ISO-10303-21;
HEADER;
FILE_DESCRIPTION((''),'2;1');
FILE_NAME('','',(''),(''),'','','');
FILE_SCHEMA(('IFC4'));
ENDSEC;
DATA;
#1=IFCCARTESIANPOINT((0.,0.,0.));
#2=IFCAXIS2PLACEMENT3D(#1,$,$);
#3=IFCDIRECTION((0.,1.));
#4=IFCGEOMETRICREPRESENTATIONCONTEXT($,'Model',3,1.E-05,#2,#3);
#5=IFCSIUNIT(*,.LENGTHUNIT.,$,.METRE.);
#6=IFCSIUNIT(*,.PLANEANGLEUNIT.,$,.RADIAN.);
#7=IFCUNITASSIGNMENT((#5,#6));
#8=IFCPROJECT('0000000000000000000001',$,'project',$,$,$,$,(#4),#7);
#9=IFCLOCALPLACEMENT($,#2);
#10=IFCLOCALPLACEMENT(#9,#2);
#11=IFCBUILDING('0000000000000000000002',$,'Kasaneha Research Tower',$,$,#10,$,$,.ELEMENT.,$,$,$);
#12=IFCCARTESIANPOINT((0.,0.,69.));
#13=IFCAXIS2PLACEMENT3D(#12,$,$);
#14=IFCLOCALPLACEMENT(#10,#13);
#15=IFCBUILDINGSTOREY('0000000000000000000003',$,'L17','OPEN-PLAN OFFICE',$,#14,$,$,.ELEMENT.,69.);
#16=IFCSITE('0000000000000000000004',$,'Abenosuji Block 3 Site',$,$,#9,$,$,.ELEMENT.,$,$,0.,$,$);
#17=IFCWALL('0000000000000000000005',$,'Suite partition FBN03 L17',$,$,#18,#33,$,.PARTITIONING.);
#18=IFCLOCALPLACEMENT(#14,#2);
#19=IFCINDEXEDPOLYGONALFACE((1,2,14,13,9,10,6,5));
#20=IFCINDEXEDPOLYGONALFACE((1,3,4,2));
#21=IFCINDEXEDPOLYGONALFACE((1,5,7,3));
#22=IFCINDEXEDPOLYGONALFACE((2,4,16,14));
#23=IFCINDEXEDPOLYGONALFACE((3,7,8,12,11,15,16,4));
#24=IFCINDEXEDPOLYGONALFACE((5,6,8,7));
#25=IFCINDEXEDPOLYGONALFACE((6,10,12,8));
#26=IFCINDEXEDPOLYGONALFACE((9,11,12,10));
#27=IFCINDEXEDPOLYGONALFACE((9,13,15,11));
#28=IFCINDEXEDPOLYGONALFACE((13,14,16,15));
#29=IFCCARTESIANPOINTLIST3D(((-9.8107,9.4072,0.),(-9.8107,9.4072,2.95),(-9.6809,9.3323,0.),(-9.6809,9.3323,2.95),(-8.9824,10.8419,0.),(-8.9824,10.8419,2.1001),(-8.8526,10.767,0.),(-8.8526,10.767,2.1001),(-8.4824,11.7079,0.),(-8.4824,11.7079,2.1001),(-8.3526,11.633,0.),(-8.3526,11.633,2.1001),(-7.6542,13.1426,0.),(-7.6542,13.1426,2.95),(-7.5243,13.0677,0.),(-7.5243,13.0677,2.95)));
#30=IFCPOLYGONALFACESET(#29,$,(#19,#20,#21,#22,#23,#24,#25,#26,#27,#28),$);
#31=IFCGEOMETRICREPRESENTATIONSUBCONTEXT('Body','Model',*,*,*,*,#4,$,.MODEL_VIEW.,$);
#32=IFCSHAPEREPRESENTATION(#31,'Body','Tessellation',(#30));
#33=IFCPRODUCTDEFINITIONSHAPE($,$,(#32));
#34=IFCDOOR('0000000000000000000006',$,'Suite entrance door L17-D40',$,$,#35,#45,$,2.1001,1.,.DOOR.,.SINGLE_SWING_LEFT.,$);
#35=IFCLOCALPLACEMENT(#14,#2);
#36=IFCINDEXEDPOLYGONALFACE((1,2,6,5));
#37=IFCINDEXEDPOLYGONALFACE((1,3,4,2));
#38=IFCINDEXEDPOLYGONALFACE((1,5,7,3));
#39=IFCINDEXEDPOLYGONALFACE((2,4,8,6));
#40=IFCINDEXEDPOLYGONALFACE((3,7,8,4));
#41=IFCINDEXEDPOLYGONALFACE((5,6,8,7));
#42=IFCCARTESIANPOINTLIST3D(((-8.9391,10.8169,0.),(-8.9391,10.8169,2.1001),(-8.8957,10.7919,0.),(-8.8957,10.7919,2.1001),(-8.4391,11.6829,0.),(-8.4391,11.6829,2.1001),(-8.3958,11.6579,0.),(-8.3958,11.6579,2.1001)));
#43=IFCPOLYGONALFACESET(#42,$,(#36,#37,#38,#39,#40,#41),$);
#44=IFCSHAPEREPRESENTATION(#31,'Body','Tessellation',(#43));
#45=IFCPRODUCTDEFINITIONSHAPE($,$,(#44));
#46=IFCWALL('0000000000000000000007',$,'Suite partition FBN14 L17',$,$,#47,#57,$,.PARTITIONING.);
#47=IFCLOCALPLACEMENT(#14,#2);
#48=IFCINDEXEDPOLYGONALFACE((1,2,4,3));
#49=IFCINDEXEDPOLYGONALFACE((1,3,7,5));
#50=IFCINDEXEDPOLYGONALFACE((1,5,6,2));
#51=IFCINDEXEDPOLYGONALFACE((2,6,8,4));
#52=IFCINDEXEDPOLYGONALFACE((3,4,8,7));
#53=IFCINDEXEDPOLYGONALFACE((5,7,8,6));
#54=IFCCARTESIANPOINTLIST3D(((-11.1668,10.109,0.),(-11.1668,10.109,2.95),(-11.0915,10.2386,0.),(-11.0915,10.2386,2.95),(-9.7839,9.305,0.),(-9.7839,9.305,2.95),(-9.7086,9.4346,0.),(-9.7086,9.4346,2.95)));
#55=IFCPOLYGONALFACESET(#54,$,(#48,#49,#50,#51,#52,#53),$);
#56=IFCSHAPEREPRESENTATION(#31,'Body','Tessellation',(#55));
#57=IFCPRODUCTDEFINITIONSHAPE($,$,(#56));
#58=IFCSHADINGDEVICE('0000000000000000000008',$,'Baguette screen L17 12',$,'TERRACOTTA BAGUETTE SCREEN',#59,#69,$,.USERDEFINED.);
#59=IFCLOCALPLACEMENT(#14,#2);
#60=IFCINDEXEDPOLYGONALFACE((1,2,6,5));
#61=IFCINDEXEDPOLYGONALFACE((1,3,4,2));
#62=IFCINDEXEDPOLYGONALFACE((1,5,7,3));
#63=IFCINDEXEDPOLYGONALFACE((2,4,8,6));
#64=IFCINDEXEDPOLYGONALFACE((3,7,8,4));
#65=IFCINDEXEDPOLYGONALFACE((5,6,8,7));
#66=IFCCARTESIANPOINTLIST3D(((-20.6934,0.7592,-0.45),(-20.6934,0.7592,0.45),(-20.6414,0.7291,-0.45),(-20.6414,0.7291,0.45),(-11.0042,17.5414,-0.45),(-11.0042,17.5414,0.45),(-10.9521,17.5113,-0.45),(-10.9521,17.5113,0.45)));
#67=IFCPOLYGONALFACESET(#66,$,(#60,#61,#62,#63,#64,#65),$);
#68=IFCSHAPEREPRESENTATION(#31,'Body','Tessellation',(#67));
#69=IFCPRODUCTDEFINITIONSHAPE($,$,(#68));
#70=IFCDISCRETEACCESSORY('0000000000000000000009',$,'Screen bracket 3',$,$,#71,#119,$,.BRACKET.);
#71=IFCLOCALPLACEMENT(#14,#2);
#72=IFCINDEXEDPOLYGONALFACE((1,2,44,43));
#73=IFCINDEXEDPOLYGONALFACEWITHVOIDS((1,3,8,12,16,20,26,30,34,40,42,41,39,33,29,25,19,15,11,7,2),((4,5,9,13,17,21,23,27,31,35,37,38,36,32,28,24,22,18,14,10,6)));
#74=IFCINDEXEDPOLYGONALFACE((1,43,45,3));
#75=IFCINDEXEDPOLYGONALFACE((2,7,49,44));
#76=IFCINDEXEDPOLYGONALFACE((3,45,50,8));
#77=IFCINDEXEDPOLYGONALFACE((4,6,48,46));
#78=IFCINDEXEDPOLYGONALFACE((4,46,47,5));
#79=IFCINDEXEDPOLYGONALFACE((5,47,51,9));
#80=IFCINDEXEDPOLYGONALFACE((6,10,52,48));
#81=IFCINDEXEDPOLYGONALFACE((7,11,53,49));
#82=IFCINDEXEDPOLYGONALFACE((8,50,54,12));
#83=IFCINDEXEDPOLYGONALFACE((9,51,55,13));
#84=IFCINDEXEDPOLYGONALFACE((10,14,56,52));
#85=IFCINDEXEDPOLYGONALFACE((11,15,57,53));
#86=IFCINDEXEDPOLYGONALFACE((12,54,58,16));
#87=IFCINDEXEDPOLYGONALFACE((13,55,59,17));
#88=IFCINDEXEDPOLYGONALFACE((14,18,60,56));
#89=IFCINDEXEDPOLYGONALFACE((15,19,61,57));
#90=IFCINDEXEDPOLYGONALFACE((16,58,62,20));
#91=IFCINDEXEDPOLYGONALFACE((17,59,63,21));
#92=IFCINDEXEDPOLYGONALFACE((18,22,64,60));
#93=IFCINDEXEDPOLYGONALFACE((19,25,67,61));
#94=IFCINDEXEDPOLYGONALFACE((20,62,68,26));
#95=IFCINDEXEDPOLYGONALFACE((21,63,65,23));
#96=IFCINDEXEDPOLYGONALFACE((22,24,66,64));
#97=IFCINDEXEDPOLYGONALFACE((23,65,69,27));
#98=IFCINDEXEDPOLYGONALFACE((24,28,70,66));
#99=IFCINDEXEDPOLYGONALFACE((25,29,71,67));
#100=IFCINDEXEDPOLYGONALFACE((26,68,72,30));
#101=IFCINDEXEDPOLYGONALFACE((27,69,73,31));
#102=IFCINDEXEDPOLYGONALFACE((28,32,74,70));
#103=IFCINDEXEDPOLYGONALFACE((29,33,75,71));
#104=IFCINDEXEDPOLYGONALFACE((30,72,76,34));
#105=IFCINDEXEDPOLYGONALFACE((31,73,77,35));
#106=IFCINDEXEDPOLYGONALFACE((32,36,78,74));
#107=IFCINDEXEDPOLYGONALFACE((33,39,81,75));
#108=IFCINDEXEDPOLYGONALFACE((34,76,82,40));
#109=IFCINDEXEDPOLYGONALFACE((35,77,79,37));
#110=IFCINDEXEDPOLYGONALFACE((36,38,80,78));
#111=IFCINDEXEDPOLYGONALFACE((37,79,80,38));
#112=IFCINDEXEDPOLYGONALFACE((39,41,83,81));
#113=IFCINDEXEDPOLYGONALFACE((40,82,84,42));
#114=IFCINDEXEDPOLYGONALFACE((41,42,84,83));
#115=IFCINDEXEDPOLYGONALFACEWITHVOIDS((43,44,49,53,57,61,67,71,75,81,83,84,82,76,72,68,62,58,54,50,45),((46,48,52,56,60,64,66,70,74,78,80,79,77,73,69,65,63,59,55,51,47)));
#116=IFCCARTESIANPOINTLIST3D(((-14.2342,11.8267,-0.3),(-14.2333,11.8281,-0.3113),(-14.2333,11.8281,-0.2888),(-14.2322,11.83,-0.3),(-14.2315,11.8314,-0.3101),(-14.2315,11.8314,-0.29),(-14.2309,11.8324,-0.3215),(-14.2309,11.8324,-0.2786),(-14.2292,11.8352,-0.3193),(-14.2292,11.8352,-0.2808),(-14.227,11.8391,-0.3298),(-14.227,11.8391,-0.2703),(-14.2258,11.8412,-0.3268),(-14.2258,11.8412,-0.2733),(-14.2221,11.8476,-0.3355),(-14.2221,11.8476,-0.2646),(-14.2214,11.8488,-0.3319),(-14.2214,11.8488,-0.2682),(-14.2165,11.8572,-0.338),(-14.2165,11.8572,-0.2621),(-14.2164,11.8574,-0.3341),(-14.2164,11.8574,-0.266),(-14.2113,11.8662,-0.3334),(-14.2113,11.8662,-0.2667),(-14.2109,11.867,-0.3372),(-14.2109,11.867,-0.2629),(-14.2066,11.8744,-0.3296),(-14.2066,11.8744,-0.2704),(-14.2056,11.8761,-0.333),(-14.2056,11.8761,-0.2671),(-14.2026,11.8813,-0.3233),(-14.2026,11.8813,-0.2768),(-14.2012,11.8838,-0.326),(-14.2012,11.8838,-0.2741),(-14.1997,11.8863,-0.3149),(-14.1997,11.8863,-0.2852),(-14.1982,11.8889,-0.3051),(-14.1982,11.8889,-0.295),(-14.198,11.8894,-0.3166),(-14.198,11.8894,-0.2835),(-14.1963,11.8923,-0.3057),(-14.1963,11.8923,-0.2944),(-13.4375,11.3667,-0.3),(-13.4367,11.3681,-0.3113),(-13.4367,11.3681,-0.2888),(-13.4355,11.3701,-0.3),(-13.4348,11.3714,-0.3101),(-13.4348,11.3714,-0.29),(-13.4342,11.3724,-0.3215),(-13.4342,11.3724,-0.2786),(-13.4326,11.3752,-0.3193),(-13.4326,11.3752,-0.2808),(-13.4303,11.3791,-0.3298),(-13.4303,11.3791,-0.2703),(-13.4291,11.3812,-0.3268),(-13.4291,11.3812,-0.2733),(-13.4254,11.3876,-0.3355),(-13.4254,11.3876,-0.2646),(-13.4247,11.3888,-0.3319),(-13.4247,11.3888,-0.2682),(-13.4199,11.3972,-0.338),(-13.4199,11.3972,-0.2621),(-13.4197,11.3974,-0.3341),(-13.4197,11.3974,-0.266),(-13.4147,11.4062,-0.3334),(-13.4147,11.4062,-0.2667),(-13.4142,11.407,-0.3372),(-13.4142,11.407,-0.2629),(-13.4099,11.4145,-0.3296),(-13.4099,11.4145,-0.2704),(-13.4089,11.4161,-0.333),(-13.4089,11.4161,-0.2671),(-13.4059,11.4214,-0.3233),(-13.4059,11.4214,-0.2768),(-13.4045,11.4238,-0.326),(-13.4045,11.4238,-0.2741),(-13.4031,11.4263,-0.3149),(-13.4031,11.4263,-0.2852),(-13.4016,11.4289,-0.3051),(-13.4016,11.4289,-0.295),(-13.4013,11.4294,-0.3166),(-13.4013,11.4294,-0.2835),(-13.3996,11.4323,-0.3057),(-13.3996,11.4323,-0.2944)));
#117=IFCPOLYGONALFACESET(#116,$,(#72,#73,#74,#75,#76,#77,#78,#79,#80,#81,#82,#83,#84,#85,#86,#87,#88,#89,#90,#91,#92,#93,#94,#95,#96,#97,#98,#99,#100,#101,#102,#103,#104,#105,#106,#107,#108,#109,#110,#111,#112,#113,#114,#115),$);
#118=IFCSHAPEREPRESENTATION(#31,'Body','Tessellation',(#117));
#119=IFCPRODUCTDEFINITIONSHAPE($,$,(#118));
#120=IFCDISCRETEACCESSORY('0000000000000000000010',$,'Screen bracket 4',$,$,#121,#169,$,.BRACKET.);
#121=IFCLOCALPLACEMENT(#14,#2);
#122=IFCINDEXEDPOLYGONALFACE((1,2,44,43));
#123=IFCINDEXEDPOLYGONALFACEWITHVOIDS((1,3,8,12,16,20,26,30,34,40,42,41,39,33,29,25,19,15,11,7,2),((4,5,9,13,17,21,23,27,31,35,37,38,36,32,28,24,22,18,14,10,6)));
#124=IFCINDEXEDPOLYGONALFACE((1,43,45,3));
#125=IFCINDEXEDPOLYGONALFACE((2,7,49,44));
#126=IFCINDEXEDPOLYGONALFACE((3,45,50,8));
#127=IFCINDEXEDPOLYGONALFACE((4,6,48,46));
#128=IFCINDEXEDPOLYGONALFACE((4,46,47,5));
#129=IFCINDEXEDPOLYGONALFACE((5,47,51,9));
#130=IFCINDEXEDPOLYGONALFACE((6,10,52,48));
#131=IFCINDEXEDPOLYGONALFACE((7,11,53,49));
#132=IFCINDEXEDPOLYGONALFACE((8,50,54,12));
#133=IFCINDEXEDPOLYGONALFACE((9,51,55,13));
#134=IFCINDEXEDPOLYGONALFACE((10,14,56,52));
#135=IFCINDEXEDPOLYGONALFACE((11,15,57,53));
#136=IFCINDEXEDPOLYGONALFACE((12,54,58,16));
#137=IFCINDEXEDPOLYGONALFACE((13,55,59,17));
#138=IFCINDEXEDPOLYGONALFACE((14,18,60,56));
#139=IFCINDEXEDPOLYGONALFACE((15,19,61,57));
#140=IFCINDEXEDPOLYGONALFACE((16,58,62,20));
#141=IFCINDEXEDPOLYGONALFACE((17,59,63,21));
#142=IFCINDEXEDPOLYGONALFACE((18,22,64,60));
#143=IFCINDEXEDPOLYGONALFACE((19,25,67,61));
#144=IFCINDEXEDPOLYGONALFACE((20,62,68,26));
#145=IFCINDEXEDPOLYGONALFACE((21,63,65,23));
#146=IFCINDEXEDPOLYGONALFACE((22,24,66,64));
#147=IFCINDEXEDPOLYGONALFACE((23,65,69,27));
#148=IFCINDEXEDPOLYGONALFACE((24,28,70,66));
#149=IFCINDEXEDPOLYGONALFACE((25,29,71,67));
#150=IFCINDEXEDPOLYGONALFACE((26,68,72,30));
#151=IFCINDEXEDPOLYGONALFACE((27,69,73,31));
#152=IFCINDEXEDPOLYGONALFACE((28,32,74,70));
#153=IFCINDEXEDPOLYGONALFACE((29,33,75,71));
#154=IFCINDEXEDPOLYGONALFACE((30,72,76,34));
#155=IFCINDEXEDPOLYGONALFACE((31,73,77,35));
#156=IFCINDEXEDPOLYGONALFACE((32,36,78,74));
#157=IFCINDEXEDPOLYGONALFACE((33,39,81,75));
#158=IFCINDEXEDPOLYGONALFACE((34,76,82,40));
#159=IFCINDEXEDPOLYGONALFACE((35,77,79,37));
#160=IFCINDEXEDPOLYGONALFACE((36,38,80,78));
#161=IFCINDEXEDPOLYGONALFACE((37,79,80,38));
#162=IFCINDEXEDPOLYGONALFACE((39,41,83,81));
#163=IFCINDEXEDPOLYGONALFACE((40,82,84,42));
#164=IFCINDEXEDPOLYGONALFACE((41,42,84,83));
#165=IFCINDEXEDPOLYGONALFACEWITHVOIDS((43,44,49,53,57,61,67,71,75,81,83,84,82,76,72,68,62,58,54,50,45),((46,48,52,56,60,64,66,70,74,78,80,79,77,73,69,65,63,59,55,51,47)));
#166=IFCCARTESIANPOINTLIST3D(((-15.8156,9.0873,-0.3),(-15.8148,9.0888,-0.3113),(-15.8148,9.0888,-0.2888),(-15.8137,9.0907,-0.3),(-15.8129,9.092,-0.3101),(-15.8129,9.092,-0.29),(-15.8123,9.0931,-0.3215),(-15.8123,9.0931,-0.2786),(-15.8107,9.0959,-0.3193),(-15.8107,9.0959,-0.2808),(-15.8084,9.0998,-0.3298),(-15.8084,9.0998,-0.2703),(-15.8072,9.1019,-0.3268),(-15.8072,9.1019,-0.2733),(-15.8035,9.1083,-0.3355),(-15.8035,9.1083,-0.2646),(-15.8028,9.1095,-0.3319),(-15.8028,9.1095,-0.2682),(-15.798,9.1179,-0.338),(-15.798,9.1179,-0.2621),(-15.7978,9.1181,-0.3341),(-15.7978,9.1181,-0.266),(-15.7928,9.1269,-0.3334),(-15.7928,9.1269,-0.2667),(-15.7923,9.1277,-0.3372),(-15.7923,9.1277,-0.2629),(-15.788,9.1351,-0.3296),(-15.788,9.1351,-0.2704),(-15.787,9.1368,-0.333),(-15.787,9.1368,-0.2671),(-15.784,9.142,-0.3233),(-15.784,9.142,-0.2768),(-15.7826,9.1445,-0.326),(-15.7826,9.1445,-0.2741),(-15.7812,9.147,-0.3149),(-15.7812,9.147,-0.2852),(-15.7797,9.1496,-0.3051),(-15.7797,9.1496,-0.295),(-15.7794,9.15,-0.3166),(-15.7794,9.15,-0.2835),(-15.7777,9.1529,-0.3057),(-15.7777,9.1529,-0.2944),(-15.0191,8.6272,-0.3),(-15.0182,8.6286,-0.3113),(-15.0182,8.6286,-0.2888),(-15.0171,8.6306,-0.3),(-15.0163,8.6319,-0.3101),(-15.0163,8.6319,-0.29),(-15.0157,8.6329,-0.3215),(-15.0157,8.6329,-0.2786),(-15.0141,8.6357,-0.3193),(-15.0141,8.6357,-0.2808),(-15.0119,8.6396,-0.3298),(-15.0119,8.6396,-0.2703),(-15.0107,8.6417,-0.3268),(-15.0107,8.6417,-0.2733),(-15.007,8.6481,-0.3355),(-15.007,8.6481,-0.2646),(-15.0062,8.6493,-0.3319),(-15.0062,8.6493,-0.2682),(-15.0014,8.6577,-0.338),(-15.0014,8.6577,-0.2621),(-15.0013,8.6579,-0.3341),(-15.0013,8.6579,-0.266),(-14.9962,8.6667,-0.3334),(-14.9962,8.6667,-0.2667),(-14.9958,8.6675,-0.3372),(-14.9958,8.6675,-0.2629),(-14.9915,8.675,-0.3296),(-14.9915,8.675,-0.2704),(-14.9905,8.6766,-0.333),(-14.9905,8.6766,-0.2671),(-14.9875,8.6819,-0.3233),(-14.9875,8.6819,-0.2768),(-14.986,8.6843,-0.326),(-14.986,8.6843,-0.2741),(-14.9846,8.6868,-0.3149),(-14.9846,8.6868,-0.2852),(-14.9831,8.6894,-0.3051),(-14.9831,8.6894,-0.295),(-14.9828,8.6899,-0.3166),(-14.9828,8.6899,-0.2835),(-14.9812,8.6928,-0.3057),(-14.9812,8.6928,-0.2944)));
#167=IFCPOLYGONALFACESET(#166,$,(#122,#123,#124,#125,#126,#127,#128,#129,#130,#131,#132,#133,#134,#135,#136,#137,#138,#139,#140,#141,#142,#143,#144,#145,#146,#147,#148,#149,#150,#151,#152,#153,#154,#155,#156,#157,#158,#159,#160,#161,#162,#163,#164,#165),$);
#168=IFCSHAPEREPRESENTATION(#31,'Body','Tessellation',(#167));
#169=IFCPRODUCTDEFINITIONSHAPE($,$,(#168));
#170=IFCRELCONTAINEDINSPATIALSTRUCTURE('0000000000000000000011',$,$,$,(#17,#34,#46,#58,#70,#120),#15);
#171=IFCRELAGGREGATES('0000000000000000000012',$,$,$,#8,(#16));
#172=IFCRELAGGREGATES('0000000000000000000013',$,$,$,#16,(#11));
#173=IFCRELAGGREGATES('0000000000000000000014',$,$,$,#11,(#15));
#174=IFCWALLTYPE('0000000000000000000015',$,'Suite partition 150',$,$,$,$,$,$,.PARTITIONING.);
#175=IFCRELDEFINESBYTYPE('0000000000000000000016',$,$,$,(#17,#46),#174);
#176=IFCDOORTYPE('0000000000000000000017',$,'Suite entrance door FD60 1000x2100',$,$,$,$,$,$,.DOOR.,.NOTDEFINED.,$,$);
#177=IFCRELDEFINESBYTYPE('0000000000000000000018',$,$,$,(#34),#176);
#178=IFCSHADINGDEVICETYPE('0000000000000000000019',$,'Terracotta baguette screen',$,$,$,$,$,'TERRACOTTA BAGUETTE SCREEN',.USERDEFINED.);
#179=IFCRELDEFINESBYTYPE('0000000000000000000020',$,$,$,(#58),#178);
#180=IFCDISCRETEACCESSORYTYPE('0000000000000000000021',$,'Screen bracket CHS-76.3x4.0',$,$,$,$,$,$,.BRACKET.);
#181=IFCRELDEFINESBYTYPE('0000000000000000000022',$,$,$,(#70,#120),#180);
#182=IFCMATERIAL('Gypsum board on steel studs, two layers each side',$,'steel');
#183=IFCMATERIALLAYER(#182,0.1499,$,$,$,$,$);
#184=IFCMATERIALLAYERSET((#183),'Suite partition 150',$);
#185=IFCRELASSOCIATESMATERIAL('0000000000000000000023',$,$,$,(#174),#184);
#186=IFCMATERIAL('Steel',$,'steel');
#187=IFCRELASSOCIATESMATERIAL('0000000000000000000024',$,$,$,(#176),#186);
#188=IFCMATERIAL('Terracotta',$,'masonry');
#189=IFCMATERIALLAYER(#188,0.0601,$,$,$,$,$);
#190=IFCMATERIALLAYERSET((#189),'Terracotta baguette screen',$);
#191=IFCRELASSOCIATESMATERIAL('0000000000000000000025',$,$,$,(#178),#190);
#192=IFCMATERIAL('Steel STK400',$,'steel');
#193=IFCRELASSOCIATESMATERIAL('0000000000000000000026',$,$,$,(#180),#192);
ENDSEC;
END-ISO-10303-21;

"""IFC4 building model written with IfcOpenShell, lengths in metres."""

from ifc_helpers import new_model, si_unit, direction, frame, frame_2d, origin, origin_2d, place, context, subcontext, project, spatial, rectangle, hollow_circle, extrude, material, layer, layer_set, material_profile, profile_set, type_object, element, fill, save


model = new_model("IFC4")

# Units and contexts
model_context = context("Model", 3, precision=1e-05, world=origin(), true_north=direction((0.0, 1.0)))
body_context = subcontext(model_context, "Body", "Model", "MODEL_VIEW")
ifc_project = project(units=[si_unit("LENGTHUNIT", "METRE"), si_unit("PLANEANGLEUNIT", "RADIAN")], contexts=[model_context])

# Site, building, storey
site_placement = place(None, origin())
site = spatial("IfcSite", under=ifc_project, at=site_placement, Name="Abenosuji Block 3 Site", CompositionType="ELEMENT", RefElevation=0.0)
building_placement = place(site_placement, origin())
building = spatial("IfcBuilding", under=site, at=building_placement, Name="Kasaneha Research Tower", CompositionType="ELEMENT")
storey_placement = place(building_placement, frame((0.0, 0.0, 69.0)))
storey = spatial("IfcBuildingStorey", under=building, at=storey_placement, Name="L17", Description="OPEN-PLAN OFFICE", CompositionType="ELEMENT", Elevation=69.0)

# Wall, opening, door
ifc_material_1 = material(Name="Gypsum board on steel studs, two layers each side", Category="steel")
ifc_layer_1 = layer(ifc_material_1, 0.1499)
ifc_layer_set_1 = layer_set([ifc_layer_1], Name="Suite partition 150")
wall_type_1 = type_object("IfcWallType", Name="Suite partition 150", PredefinedType="PARTITIONING", material=ifc_layer_set_1)
wall_1_placement = place(storey_placement, frame((-9.7458, 9.3696, 0.0), z_axis=(0.0, 0.0, 1.0), x_axis=(0.499981, 0.866037, 0.0)))
wall_1 = element("IfcWall", 1, at=wall_1_placement, inside=storey, type_object=wall_type_1, Name="Suite partition FBN03 L17", PredefinedType="PARTITIONING", context=body_context, shape_type="SweptSolid", body=[
    extrude(rectangle(XDim=4.3132, YDim=0.1499, at=frame_2d((2.1567, 0.0))), origin(), (0.0, 0.0, 1.0), 2.95),
])
opening_1_placement = place(wall_1_placement, frame((1.6567, 0.0, 0.0)))
opening_1 = element("IfcOpeningElement", 2, at=opening_1_placement, cuts=wall_1, PredefinedType="OPENING", context=body_context, shape_type="SweptSolid", body=[
    extrude(rectangle(XDim=1.0, YDim=2.1001, at=frame_2d((0.5, 1.05))), frame((0.0, 0.085, 0.0), z_axis=(0.0, -1.0, 0.0), x_axis=(1.0, 0.0, 0.0)), (0.0, 0.0, 1.0), 0.1699),
])
ifc_material_2 = material(Name="Steel", Category="steel")
door_type_1 = type_object("IfcDoorType", Name="Suite entrance door FD60 1000x2100", OperationType="NOTDEFINED", PredefinedType="DOOR", material=ifc_material_2)
door_1_placement = place(opening_1_placement, origin())
door_1 = element("IfcDoor", 3, at=door_1_placement, inside=storey, type_object=door_type_1, Name="Suite entrance door L17-D40", OperationType="SINGLE_SWING_LEFT", OverallHeight=2.1001, OverallWidth=1.0, PredefinedType="DOOR", context=body_context, shape_type="SweptSolid", body=[
    extrude(rectangle(XDim=1.0, YDim=2.1001, at=frame_2d((0.5, 1.05))), frame((0.0, 0.0249, 0.0), z_axis=(0.0, -1.0, 0.0), x_axis=(1.0, 0.0, 0.0)), (0.0, 0.0, 1.0), 0.05),
])
fill(opening_1, door_1)

# Wall
wall_2_placement = place(storey_placement, frame((-11.1292, 10.1738, 0.0), z_axis=(0.0, 0.0, 1.0), x_axis=(0.864509, -0.502618, 0.0)))
element("IfcWall", 4, at=wall_2_placement, inside=storey, type_object=wall_type_1, Name="Suite partition FBN14 L17", PredefinedType="PARTITIONING", context=body_context, shape_type="SweptSolid", body=[
    extrude(rectangle(XDim=1.5996, YDim=0.1499, at=frame_2d((0.7998, 0.0))), origin(), (0.0, 0.0, 1.0), 2.95),
])

# Shading device
ifc_material_3 = material(Name="Terracotta", Category="masonry")
ifc_layer_2 = layer(ifc_material_3, 0.0601)
ifc_layer_set_2 = layer_set([ifc_layer_2], Name="Terracotta baguette screen")
shading_device_type = type_object("IfcShadingDeviceType", Name="Terracotta baguette screen", ElementType="TERRACOTTA BAGUETTE SCREEN", PredefinedType="USERDEFINED", material=ifc_layer_set_2)
shading_device_placement = place(storey_placement, frame((-15.8228, 9.1353, -0.45), z_axis=(0.0, 0.0, 1.0), x_axis=(-0.5, -0.866025, 0.0)))
element("IfcShadingDevice", 5, at=shading_device_placement, inside=storey, type_object=shading_device_type, Name="Baguette screen L17 12", ObjectType="TERRACOTTA BAGUETTE SCREEN", PredefinedType="USERDEFINED", context=body_context, shape_type="SweptSolid", body=[
    extrude(rectangle(XDim=19.3784, YDim=0.0601, at=origin_2d()), origin(), (0.0, 0.0, 1.0), 0.8999),
])

# Discrete accessories
ifc_material_4 = material(Name="Steel STK400", Category="steel")
ifc_material_profile_1 = material_profile(ifc_material_4, hollow_circle(Radius=0.0381, WallThickness=0.0039, at=origin_2d()), Name="CHS-76.3x4.0")
ifc_profile_set_1 = profile_set([ifc_material_profile_1], Name="Steel STK400")
discrete_accessory_type = type_object("IfcDiscreteAccessoryType", Name="Screen bracket CHS-76.3x4.0", PredefinedType="BRACKET", material=ifc_profile_set_1)
for number, where, z_axis, x_axis, name in (
    (6, (-13.4185, 11.3997, -0.3), (-0.866013, 0.500021, 0.0), (-0.500021, -0.866013, 0.0), "Screen bracket 3"),
    (7, (-15.0, 8.6602, -0.3), (-0.865898, 0.50022, 0.0), (-0.50022, -0.865898, 0.0), "Screen bracket 4"),
):
    element("IfcDiscreteAccessory", number, at=place(storey_placement, frame(where, z_axis=z_axis, x_axis=x_axis)), inside=storey, type_object=discrete_accessory_type, Name=name, PredefinedType="BRACKET", context=body_context, shape_type="SweptSolid", body=[
        extrude(hollow_circle(Radius=0.0381, WallThickness=0.0039, at=origin_2d()), origin(), (0.0, 0.0, 1.0), 0.9199),
    ])

save(model, "model.ifc")
